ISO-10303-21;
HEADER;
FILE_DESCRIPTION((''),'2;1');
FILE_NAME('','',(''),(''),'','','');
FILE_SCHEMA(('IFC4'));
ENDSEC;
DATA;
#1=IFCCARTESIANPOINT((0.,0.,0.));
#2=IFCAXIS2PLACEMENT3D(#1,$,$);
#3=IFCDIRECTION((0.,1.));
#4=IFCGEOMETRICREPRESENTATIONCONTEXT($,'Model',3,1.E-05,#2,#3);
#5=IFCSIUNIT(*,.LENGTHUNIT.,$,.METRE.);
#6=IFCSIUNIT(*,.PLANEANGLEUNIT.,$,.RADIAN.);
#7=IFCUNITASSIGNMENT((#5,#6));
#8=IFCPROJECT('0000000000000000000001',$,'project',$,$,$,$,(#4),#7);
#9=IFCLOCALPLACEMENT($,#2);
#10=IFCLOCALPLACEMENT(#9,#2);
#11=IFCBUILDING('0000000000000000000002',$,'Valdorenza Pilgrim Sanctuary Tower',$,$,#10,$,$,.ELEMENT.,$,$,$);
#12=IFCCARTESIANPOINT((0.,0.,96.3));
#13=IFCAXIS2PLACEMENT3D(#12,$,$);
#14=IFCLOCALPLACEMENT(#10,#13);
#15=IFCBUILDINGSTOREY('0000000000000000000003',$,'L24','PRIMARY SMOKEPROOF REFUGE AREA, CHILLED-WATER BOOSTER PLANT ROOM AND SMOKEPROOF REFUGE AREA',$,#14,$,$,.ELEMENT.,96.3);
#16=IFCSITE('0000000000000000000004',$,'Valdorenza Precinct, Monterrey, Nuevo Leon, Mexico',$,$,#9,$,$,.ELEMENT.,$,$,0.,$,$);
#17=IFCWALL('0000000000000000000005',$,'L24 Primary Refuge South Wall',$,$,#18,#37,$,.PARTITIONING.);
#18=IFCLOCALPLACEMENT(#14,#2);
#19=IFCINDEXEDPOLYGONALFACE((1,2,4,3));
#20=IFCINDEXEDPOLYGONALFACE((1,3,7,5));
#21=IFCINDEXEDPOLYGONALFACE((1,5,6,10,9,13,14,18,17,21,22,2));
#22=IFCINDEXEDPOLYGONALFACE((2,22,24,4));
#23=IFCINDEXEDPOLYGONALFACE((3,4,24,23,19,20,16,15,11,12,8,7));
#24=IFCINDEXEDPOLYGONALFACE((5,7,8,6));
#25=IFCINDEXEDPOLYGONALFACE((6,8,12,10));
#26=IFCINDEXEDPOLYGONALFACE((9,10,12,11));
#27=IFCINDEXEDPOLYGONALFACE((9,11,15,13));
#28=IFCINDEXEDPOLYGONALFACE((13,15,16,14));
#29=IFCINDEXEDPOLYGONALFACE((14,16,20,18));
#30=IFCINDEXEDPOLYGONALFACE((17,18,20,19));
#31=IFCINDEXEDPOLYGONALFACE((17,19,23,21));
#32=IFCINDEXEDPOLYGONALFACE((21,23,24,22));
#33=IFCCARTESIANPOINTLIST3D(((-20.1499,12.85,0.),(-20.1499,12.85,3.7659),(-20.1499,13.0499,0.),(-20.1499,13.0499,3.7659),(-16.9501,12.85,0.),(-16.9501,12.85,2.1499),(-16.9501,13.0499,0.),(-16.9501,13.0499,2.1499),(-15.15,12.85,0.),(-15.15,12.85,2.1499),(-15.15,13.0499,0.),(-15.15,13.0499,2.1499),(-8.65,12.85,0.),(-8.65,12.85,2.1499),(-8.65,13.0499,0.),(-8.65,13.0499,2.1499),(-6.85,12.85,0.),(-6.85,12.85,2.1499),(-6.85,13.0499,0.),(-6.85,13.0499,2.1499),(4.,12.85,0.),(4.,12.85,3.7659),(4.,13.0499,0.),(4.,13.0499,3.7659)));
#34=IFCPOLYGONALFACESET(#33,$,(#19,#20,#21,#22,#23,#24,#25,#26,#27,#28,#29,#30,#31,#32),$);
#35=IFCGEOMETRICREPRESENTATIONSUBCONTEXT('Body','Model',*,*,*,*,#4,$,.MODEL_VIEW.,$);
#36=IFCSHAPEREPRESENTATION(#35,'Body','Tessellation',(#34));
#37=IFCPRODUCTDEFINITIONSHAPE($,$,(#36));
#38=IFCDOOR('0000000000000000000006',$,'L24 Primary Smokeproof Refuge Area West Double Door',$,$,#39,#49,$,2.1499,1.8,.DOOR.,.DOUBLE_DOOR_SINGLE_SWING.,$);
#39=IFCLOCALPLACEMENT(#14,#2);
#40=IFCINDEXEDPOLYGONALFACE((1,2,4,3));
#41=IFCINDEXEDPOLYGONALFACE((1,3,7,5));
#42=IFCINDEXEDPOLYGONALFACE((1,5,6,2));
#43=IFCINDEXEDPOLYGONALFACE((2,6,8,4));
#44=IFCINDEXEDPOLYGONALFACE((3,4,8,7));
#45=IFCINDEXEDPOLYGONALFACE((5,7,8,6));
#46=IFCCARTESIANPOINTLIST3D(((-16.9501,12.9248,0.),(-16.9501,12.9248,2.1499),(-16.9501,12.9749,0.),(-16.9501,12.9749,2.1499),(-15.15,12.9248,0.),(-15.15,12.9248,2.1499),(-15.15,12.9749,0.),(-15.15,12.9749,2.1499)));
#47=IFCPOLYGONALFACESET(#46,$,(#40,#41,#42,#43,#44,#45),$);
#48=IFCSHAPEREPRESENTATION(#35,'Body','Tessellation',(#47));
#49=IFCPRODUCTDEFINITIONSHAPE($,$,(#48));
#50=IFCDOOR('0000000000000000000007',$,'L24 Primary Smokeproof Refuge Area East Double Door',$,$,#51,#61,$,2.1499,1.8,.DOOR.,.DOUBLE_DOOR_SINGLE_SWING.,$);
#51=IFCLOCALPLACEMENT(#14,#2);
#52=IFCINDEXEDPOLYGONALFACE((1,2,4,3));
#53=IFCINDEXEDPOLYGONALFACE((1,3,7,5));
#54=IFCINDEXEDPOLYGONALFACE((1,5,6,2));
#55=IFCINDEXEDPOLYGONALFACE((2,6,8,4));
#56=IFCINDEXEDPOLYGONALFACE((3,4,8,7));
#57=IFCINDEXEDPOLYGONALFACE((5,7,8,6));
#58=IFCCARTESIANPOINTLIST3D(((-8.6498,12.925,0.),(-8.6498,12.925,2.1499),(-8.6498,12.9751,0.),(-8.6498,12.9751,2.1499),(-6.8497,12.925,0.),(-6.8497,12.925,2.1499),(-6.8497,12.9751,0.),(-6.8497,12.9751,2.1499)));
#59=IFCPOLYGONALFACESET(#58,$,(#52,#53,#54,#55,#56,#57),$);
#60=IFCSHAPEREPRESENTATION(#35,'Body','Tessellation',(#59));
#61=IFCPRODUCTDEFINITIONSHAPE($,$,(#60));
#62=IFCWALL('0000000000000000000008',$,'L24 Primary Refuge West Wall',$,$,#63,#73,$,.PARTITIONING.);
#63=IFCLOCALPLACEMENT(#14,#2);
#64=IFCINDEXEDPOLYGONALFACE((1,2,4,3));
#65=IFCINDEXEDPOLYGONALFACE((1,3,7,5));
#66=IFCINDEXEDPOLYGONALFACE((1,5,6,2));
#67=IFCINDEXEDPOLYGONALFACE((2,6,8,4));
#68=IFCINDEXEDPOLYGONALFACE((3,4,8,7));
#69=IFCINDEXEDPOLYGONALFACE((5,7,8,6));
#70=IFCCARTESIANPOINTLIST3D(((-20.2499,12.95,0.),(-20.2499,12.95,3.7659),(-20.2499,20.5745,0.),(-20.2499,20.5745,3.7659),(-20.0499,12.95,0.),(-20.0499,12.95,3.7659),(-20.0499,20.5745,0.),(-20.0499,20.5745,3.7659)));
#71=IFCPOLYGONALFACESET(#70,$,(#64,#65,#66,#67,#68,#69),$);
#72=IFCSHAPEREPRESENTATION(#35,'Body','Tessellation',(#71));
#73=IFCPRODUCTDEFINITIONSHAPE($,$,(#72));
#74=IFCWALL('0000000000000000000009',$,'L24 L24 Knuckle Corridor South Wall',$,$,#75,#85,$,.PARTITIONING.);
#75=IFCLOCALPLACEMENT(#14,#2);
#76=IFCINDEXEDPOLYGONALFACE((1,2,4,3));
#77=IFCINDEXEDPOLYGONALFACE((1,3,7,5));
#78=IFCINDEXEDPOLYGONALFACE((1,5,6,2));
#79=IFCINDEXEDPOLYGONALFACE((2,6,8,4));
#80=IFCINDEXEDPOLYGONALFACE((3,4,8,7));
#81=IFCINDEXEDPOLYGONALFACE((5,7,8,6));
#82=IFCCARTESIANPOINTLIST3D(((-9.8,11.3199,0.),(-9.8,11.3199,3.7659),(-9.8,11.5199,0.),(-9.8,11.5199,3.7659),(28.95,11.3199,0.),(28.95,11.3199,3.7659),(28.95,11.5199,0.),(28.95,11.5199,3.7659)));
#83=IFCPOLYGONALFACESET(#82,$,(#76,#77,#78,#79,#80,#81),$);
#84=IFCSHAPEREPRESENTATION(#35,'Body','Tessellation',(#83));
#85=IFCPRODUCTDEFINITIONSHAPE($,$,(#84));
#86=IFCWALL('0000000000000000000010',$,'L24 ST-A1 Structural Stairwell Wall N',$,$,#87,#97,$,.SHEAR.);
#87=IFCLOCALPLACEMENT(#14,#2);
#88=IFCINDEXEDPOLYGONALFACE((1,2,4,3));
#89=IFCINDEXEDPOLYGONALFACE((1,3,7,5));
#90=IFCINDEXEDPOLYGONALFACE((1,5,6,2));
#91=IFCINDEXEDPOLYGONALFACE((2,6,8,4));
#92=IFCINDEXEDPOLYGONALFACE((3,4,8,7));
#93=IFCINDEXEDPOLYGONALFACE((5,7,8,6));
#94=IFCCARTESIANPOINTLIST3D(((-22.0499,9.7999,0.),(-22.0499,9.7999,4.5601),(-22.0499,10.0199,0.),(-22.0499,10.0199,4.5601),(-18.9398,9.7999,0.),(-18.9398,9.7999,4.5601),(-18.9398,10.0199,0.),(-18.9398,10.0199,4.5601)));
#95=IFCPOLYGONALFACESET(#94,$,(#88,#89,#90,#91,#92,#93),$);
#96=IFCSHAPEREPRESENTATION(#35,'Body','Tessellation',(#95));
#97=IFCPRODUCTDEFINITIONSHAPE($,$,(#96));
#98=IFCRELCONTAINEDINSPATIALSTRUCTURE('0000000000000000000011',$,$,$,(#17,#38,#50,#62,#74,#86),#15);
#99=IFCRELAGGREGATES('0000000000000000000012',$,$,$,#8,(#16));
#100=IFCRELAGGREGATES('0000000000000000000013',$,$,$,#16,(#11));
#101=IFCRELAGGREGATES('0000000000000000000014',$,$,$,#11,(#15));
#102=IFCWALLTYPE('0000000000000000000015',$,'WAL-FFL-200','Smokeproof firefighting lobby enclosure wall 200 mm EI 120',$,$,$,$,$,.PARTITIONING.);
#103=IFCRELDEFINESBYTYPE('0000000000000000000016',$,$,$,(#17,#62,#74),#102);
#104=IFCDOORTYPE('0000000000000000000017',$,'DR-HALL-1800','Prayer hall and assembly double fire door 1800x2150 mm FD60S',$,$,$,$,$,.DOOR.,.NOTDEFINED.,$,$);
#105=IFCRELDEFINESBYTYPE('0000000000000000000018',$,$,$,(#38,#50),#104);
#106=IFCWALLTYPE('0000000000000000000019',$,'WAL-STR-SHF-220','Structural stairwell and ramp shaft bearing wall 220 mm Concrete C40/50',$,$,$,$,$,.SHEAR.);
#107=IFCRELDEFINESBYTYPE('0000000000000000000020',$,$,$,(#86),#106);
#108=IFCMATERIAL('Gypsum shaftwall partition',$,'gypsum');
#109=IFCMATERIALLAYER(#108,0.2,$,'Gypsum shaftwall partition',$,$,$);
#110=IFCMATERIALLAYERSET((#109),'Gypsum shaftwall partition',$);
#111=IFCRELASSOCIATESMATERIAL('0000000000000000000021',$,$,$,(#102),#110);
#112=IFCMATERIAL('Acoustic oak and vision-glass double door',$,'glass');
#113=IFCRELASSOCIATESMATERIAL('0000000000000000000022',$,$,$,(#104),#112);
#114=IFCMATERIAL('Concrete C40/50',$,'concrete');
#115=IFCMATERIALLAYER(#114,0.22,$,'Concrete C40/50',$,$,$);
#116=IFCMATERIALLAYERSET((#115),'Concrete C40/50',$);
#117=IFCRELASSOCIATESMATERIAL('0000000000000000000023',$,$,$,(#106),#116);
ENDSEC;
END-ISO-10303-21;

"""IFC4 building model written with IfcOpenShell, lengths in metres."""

from ifc_helpers import new_model, si_unit, direction, frame, frame_2d, origin, place, context, subcontext, project, spatial, rectangle, extrude, material, layer, layer_set, type_object, element, fill, save


model = new_model("IFC4")

# Units and contexts
model_context = context("Model", 3, precision=1e-05, world=origin(), true_north=direction((0.0, 1.0)))
body_context = subcontext(model_context, "Body", "Model", "MODEL_VIEW")
ifc_project = project(units=[si_unit("LENGTHUNIT", "METRE"), si_unit("PLANEANGLEUNIT", "RADIAN")], contexts=[model_context])

# Site, building, storey
site_placement = place(None, origin())
site = spatial("IfcSite", under=ifc_project, at=site_placement, Name="Valdorenza Precinct, Monterrey, Nuevo Leon, Mexico", CompositionType="ELEMENT", RefElevation=0.0)
building_placement = place(site_placement, origin())
building = spatial("IfcBuilding", under=site, at=building_placement, Name="Valdorenza Pilgrim Sanctuary Tower", CompositionType="ELEMENT")
storey_placement = place(building_placement, frame((0.0, 0.0, 96.3)))
storey = spatial("IfcBuildingStorey", under=building, at=storey_placement, Name="L24", Description="PRIMARY SMOKEPROOF REFUGE AREA, CHILLED-WATER BOOSTER PLANT ROOM AND SMOKEPROOF REFUGE AREA", CompositionType="ELEMENT", Elevation=96.3)

# Shared definitions
ifc_material_1 = material(Name="Gypsum shaftwall partition", Category="gypsum")
ifc_layer_1 = layer(ifc_material_1, 0.2, Name="Gypsum shaftwall partition")
ifc_layer_set_1 = layer_set([ifc_layer_1], Name="Gypsum shaftwall partition")
wall_type_1 = type_object("IfcWallType", Name="WAL-FFL-200", Description="Smokeproof firefighting lobby enclosure wall 200 mm EI 120", PredefinedType="PARTITIONING", material=ifc_layer_set_1)

# Wall, openings, doors
wall_1_placement = place(storey_placement, frame((-20.1499, 12.95, 0.0), z_axis=(0.0, 0.0, 1.0), x_axis=(1.0, 0.0, 0.0)))
wall_1 = element("IfcWall", 1, at=wall_1_placement, inside=storey, type_object=wall_type_1, Name="L24 Primary Refuge South Wall", PredefinedType="PARTITIONING", context=body_context, shape_type="SweptSolid", body=[
    extrude(rectangle(XDim=24.1499, YDim=0.2, at=frame_2d((12.075, 0.0))), origin(), (0.0, 0.0, 1.0), 3.7659),
])
opening_1_placement = place(wall_1_placement, frame((3.2, 0.0, 0.0)))
opening_1 = element("IfcOpeningElement", 2, at=opening_1_placement, cuts=wall_1, PredefinedType="OPENING", context=body_context, shape_type="SweptSolid", body=[
    extrude(rectangle(XDim=1.8, YDim=2.1499, at=frame_2d((0.8999, 1.075))), frame((0.0, 0.1147, 0.0), z_axis=(0.0, -1.0, 0.0), x_axis=(1.0, 0.0, 0.0)), (0.0, 0.0, 1.0), 0.2297),
])
opening_2_placement = place(wall_1_placement, frame((11.5, 0.0, 0.0)))
opening_2 = element("IfcOpeningElement", 3, at=opening_2_placement, cuts=wall_1, PredefinedType="OPENING", context=body_context, shape_type="SweptSolid", body=[
    extrude(rectangle(XDim=1.8, YDim=2.1499, at=frame_2d((0.8999, 1.075))), frame((0.0, 0.1147, 0.0), z_axis=(0.0, -1.0, 0.0), x_axis=(1.0, 0.0, 0.0)), (0.0, 0.0, 1.0), 0.2297),
])
ifc_material_2 = material(Name="Acoustic oak and vision-glass double door", Category="glass")
door_type_1 = type_object("IfcDoorType", Name="DR-HALL-1800", Description="Prayer hall and assembly double fire door 1800x2150 mm FD60S", OperationType="NOTDEFINED", PredefinedType="DOOR", material=ifc_material_2)
door_1_placement = place(opening_1_placement, origin())
door_1 = element("IfcDoor", 4, at=door_1_placement, inside=storey, type_object=door_type_1, Name="L24 Primary Smokeproof Refuge Area West Double Door", OperationType="DOUBLE_DOOR_SINGLE_SWING", OverallHeight=2.1499, OverallWidth=1.8, PredefinedType="DOOR", context=body_context, shape_type="SweptSolid", body=[
    extrude(rectangle(XDim=1.8, YDim=2.1499, at=frame_2d((0.8999, 1.075))), frame((0.0, 0.0249, 0.0), z_axis=(0.0, -1.0, 0.0), x_axis=(1.0, 0.0, 0.0)), (0.0, 0.0, 1.0), 0.05),
])
fill(opening_1, door_1)
door_2_placement = place(opening_2_placement, frame((1.8, 0.0, 0.0), z_axis=(0.0, 0.0, 1.0), x_axis=(-1.0, 0.0, 0.0)))
door_2 = element("IfcDoor", 5, at=door_2_placement, inside=storey, type_object=door_type_1, Name="L24 Primary Smokeproof Refuge Area East Double Door", OperationType="DOUBLE_DOOR_SINGLE_SWING", OverallHeight=2.1499, OverallWidth=1.8, PredefinedType="DOOR", context=body_context, shape_type="SweptSolid", body=[
    extrude(rectangle(XDim=1.8, YDim=2.1499, at=frame_2d((0.8999, 1.075))), frame((0.0, 0.0249, 0.0), z_axis=(0.0, -1.0, 0.0), x_axis=(1.0, 0.0, 0.0)), (0.0, 0.0, 1.0), 0.05),
])
fill(opening_2, door_2)

# Walls
wall_2_placement = place(storey_placement, frame((-20.1499, 12.95, 0.0), z_axis=(0.0, 0.0, 1.0), x_axis=(0.0, 1.0, 0.0)))
element("IfcWall", 6, at=wall_2_placement, inside=storey, type_object=wall_type_1, Name="L24 Primary Refuge West Wall", PredefinedType="PARTITIONING", context=body_context, shape_type="SweptSolid", body=[
    extrude(rectangle(XDim=7.6245, YDim=0.2, at=frame_2d((3.8123, 0.0))), origin(), (0.0, 0.0, 1.0), 3.7659),
])
wall_3_placement = place(storey_placement, frame((-9.8, 11.4199, 0.0), z_axis=(0.0, 0.0, 1.0), x_axis=(1.0, 0.0, 0.0)))
element("IfcWall", 7, at=wall_3_placement, inside=storey, type_object=wall_type_1, Name="L24 L24 Knuckle Corridor South Wall", PredefinedType="PARTITIONING", context=body_context, shape_type="SweptSolid", body=[
    extrude(rectangle(XDim=38.75, YDim=0.2, at=frame_2d((19.375, 0.0))), origin(), (0.0, 0.0, 1.0), 3.7659),
])
ifc_material_3 = material(Name="Concrete C40/50", Category="concrete")
ifc_layer_2 = layer(ifc_material_3, 0.22, Name="Concrete C40/50")
ifc_layer_set_2 = layer_set([ifc_layer_2], Name="Concrete C40/50")
wall_type_2 = type_object("IfcWallType", Name="WAL-STR-SHF-220", Description="Structural stairwell and ramp shaft bearing wall 220 mm Concrete C40/50", PredefinedType="SHEAR", material=ifc_layer_set_2)
wall_4_placement = place(storey_placement, frame((-22.05, 9.9099, 0.0), z_axis=(0.0, 0.0, 1.0), x_axis=(1.0, 0.0, 0.0)))
element("IfcWall", 8, at=wall_4_placement, inside=storey, type_object=wall_type_2, Name="L24 ST-A1 Structural Stairwell Wall N", PredefinedType="SHEAR", context=body_context, shape_type="SweptSolid", body=[
    extrude(rectangle(XDim=3.1101, YDim=0.22, at=frame_2d((1.5552, 0.0))), origin(), (0.0, 0.0, 1.0), 4.5601),
])

save(model, "model.ifc")
